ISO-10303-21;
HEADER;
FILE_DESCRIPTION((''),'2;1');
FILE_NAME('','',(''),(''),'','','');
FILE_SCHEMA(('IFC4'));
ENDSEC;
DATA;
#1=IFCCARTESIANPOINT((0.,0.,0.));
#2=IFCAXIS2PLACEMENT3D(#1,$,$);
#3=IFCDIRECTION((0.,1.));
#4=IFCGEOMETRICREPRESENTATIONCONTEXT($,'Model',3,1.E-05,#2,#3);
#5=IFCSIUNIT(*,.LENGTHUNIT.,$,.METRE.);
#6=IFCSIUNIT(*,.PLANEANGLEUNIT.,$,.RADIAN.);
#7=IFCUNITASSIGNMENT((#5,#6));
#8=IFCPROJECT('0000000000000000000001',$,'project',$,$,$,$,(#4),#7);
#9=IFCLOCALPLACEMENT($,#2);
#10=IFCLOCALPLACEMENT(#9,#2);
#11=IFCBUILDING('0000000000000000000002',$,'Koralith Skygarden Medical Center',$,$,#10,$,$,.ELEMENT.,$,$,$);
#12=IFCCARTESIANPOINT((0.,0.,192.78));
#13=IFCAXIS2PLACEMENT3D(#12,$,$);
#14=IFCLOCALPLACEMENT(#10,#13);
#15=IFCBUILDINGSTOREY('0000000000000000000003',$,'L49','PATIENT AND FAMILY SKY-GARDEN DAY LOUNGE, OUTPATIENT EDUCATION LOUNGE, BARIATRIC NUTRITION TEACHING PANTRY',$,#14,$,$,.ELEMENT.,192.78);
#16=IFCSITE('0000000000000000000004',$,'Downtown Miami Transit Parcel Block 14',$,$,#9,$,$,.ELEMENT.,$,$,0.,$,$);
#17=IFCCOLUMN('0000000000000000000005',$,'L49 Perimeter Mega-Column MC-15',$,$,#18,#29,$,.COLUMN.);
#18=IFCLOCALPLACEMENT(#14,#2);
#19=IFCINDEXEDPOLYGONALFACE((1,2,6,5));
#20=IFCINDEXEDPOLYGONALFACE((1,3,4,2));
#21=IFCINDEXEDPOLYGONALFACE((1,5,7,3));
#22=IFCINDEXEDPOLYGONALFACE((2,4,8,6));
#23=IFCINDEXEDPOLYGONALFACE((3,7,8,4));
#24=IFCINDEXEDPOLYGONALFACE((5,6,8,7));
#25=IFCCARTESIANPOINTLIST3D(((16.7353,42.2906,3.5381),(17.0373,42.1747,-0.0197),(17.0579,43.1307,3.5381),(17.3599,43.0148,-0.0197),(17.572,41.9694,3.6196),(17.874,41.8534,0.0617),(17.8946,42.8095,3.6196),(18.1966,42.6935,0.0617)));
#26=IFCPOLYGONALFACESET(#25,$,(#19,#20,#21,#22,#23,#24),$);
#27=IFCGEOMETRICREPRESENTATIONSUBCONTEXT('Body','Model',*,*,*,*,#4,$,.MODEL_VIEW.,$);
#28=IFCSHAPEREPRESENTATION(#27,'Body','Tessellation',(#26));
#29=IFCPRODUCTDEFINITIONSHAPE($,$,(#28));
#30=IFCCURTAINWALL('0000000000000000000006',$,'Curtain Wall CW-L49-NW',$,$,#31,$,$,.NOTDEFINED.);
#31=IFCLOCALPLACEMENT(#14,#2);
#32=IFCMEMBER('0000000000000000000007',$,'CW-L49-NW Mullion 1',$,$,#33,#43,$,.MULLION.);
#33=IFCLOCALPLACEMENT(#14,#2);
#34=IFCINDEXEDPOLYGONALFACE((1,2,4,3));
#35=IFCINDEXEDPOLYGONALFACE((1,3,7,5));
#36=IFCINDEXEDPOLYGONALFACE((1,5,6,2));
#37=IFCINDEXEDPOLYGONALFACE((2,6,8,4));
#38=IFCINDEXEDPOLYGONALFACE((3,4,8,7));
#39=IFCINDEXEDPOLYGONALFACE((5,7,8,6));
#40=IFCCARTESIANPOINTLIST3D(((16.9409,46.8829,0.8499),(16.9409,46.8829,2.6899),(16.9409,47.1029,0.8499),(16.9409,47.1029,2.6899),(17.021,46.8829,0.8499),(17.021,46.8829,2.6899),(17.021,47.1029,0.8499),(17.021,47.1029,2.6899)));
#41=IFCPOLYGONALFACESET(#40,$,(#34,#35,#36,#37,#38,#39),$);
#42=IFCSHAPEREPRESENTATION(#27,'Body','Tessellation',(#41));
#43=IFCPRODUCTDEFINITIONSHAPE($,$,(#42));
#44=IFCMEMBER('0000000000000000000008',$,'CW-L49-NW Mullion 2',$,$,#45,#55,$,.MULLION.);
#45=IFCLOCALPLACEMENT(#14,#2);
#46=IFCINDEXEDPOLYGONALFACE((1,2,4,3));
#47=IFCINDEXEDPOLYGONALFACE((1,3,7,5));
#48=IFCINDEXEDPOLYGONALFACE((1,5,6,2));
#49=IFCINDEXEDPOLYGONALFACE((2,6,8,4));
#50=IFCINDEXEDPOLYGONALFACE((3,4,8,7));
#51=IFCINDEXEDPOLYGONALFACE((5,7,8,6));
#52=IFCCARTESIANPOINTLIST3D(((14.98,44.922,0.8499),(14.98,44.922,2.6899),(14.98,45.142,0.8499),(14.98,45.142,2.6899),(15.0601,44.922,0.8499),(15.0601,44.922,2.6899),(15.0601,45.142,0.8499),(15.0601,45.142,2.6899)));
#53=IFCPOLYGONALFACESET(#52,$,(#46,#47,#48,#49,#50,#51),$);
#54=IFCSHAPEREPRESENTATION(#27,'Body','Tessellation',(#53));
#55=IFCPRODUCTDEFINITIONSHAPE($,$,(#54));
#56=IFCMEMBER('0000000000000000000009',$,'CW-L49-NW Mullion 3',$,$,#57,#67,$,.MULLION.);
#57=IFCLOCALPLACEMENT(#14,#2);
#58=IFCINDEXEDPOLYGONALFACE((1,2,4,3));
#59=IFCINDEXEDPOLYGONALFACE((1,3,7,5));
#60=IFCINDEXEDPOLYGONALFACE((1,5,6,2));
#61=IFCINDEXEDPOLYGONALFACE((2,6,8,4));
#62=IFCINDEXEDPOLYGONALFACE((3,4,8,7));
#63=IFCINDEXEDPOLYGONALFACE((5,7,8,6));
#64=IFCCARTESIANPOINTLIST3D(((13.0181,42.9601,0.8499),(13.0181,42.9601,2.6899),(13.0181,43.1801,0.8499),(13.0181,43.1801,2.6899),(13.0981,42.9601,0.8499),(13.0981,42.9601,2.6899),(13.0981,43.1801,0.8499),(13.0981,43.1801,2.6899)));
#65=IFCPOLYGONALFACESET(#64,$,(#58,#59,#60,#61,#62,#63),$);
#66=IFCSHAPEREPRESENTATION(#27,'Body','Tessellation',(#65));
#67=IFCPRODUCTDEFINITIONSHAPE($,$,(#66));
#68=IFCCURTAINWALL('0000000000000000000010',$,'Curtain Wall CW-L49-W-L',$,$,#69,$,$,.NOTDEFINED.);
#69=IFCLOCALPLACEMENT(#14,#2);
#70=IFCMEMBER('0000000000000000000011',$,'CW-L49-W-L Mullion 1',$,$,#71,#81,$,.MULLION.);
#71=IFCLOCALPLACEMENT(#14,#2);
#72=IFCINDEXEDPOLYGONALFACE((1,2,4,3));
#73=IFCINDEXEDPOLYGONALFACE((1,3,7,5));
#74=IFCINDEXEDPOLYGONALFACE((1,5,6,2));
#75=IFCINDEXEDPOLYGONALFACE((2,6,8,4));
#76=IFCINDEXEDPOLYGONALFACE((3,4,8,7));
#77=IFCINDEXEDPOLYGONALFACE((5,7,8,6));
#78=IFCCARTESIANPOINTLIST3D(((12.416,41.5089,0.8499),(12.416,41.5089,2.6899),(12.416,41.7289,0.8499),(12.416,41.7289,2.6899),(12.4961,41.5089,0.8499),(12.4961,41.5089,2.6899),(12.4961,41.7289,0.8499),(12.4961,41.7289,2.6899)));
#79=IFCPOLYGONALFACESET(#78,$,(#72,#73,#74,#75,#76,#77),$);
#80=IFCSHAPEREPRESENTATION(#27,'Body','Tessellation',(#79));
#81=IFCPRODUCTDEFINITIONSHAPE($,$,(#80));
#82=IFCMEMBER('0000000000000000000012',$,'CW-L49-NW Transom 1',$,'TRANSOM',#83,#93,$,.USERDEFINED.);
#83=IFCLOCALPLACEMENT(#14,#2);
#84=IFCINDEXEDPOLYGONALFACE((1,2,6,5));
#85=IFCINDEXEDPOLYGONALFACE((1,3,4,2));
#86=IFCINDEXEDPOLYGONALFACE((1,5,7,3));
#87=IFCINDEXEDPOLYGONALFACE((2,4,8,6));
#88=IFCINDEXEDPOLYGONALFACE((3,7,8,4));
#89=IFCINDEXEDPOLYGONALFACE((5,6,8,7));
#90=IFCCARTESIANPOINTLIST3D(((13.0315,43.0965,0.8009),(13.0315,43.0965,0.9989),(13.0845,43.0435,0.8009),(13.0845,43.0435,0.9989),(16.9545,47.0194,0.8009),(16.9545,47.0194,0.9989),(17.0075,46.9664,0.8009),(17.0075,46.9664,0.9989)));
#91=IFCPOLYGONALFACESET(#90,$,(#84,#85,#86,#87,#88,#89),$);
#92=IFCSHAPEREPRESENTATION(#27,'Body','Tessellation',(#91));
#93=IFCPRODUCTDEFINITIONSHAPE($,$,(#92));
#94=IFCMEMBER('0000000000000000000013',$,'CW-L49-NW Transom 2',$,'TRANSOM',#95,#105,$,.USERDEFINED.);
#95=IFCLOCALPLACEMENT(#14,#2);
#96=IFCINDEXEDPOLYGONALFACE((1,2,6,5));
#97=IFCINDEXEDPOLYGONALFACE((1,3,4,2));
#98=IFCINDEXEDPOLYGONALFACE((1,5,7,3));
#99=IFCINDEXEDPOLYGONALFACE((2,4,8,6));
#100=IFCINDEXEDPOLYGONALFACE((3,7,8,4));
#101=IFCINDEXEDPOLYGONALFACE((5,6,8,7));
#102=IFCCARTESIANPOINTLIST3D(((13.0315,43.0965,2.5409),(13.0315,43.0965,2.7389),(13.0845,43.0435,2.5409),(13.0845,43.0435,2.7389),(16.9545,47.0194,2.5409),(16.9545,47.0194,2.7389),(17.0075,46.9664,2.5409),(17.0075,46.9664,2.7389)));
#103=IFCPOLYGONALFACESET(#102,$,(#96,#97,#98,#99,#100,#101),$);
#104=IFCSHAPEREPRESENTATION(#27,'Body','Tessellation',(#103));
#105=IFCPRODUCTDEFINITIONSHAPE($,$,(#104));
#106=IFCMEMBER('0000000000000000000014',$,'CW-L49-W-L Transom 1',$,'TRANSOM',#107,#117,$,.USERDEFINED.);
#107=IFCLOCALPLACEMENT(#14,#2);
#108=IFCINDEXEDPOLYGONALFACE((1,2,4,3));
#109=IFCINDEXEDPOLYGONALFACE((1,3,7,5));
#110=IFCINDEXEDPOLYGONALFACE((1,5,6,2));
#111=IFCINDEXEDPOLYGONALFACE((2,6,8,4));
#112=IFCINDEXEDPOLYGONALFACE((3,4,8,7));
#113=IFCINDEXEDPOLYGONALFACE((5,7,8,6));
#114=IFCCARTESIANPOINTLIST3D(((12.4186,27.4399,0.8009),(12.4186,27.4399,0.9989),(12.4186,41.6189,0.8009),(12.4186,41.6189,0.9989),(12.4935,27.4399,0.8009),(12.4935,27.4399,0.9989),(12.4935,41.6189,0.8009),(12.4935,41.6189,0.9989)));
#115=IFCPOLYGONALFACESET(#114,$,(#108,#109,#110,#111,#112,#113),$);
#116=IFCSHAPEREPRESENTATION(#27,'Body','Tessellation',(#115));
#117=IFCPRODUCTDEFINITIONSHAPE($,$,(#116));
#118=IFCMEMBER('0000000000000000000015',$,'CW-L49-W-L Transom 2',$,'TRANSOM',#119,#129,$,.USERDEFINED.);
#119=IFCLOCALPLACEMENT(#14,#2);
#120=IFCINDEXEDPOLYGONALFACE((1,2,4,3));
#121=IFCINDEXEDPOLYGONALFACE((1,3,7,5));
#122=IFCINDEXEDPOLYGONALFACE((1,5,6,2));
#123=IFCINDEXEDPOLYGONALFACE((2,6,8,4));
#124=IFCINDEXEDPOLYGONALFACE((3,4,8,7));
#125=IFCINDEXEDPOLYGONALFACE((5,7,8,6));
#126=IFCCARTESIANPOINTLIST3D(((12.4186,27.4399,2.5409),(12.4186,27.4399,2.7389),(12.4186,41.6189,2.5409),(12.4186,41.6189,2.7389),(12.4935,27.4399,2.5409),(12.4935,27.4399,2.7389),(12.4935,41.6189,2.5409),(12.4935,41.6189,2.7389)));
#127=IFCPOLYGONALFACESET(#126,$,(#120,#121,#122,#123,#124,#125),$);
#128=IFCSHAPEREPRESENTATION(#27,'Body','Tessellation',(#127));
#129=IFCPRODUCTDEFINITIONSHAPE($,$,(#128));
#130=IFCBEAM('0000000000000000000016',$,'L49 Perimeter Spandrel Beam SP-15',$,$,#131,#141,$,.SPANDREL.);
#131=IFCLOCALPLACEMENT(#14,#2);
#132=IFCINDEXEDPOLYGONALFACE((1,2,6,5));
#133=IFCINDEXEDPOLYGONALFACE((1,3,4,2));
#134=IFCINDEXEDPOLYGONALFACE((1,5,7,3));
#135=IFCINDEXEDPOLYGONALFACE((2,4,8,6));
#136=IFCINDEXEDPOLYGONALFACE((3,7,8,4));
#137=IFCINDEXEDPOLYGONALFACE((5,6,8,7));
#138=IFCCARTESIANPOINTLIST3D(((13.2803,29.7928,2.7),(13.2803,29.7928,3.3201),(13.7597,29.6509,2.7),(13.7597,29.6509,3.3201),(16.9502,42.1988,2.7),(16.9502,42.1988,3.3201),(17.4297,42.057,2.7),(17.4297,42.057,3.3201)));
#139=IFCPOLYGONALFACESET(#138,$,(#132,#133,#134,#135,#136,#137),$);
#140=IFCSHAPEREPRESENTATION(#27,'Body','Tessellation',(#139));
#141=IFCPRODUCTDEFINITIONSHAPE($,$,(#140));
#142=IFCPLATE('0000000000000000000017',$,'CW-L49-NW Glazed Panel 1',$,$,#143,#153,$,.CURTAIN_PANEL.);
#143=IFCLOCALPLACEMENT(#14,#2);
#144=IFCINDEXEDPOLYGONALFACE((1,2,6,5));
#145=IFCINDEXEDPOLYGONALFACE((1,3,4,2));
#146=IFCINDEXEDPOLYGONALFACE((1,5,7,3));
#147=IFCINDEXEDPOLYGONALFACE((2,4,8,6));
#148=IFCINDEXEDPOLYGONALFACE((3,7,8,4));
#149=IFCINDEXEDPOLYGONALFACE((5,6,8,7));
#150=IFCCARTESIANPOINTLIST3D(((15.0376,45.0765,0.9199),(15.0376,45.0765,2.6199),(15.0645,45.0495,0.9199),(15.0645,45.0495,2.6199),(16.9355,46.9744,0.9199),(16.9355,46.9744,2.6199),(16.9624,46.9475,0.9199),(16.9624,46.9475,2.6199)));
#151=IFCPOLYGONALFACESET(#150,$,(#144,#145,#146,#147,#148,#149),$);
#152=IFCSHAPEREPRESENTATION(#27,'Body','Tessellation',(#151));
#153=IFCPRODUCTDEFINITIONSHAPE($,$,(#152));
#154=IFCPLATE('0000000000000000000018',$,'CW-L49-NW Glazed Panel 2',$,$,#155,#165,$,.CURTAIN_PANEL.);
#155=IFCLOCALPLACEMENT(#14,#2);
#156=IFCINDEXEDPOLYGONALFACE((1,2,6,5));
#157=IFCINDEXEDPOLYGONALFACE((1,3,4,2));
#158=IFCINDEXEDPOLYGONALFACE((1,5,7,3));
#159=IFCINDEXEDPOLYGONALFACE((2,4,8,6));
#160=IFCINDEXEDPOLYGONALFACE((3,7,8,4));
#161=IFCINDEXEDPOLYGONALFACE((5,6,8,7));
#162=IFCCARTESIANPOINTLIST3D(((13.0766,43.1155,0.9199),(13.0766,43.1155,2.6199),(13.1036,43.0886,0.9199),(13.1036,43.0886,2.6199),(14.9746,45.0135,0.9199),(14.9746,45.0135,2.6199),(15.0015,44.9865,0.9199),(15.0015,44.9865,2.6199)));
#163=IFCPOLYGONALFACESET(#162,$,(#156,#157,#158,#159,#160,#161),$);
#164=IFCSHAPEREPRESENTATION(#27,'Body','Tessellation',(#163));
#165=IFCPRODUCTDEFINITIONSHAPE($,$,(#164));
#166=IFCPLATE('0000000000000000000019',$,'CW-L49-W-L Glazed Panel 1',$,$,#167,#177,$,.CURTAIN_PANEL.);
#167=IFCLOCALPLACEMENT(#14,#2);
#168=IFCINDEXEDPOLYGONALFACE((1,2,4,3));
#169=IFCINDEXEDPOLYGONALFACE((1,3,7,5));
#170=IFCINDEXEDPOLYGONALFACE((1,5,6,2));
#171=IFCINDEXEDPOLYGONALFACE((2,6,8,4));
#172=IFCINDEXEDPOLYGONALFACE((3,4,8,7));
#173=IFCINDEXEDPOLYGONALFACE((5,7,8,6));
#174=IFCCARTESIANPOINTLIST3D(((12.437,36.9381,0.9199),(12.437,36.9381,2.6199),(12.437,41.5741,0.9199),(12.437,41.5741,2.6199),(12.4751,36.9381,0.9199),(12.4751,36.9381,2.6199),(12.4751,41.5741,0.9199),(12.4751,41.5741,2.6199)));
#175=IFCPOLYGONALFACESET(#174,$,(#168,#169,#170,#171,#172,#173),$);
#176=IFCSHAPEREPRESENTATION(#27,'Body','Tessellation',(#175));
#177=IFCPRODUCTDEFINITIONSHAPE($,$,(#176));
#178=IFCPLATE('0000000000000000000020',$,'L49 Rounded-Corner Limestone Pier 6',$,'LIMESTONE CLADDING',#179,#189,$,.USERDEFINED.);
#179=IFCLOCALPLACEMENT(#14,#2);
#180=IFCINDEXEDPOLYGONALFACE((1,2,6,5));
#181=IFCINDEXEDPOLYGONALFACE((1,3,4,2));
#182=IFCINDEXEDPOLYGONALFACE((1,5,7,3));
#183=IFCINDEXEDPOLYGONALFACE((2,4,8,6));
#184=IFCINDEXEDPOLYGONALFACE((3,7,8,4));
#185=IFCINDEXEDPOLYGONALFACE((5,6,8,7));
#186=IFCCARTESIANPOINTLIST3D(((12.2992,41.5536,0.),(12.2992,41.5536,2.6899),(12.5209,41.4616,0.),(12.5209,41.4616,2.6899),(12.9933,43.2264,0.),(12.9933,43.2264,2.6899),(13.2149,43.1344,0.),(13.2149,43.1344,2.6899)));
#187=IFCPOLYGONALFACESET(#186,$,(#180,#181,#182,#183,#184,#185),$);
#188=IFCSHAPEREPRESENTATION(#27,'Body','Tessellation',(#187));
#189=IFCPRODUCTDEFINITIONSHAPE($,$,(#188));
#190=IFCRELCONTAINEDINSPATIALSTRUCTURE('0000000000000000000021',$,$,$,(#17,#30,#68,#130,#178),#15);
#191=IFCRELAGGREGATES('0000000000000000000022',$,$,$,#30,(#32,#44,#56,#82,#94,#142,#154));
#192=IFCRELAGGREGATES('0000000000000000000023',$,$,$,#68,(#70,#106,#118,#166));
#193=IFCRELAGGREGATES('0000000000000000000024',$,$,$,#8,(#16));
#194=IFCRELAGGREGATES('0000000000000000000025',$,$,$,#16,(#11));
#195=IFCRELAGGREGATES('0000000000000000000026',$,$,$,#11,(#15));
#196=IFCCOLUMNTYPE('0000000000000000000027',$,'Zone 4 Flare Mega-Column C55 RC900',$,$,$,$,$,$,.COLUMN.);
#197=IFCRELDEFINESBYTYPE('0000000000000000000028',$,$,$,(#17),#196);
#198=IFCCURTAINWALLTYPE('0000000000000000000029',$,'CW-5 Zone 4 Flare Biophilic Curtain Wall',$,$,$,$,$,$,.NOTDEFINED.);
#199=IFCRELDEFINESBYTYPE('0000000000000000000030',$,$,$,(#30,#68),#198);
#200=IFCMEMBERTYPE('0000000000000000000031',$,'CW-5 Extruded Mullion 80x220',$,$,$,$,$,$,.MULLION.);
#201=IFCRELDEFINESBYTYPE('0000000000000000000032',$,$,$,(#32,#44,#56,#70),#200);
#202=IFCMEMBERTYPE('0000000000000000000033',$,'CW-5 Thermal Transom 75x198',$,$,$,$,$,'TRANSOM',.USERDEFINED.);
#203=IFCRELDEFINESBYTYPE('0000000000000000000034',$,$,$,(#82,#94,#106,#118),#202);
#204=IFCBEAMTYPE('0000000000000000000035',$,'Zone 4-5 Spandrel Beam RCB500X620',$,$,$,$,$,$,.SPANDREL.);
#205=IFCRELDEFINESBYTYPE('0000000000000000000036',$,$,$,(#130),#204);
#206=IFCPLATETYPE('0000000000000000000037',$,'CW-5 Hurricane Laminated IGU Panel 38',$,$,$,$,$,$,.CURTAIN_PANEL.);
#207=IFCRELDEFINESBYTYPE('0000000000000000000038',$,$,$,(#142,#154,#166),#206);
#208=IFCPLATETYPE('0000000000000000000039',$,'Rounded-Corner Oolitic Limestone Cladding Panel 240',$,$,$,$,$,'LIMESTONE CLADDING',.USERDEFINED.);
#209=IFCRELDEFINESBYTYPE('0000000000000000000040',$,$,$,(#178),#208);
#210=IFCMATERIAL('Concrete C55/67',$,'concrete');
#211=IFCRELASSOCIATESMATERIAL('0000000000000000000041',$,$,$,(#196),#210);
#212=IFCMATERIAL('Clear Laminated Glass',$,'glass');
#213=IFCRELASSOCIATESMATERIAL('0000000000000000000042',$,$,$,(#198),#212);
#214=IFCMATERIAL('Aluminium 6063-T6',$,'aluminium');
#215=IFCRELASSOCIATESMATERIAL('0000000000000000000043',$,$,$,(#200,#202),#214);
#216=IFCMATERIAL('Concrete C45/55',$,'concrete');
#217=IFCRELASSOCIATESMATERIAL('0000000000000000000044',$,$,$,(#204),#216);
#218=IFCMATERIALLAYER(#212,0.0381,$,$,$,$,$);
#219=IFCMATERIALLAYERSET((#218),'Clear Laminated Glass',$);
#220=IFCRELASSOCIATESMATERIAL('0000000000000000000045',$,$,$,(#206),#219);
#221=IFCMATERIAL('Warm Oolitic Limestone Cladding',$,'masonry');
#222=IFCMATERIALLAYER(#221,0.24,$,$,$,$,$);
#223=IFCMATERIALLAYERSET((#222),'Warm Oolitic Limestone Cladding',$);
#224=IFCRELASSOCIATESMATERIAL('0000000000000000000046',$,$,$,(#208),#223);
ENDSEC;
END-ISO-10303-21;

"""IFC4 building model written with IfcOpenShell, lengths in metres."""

from ifc_helpers import new_model, si_unit, direction, frame, origin, origin_2d, place, context, subcontext, project, spatial, rectangle, extrude, material, layer, layer_set, material_profile, profile_set, type_object, element, aggregate, save


model = new_model("IFC4")

# Units and contexts
model_context = context("Model", 3, precision=1e-05, world=origin(), true_north=direction((0.0, 1.0)))
body_context = subcontext(model_context, "Body", "Model", "MODEL_VIEW")
ifc_project = project(units=[si_unit("LENGTHUNIT", "METRE"), si_unit("PLANEANGLEUNIT", "RADIAN")], contexts=[model_context])

# Site, building, storey
site_placement = place(None, origin())
site = spatial("IfcSite", under=ifc_project, at=site_placement, Name="Downtown Miami Transit Parcel Block 14", CompositionType="ELEMENT", RefElevation=0.0)
building_placement = place(site_placement, origin())
building = spatial("IfcBuilding", under=site, at=building_placement, Name="Koralith Skygarden Medical Center", CompositionType="ELEMENT")
storey_placement = place(building_placement, frame((0.0, 0.0, 192.78)))
storey = spatial("IfcBuildingStorey", under=building, at=storey_placement, Name="L49", Description="PATIENT AND FAMILY SKY-GARDEN DAY LOUNGE, OUTPATIENT EDUCATION LOUNGE, BARIATRIC NUTRITION TEACHING PANTRY", CompositionType="ELEMENT", Elevation=192.78)

# Column
ifc_material_1 = material(Name="Concrete C55/67", Category="concrete")
ifc_material_profile_1 = material_profile(ifc_material_1, rectangle(XDim=0.8999, YDim=0.8999, at=origin_2d()), Name="RC900X900")
ifc_profile_set_1 = profile_set([ifc_material_profile_1], Name="Concrete C55/67")
column_type = type_object("IfcColumnType", Name="Zone 4 Flare Mega-Column C55 RC900", PredefinedType="COLUMN", material=ifc_profile_set_1)
column_placement = place(storey_placement, frame((17.6169, 42.4341, 0.021), z_axis=(-0.084534, 0.032461, 0.995892), x_axis=(-0.358473, -0.93354, 0.0)))
element("IfcColumn", 1, at=column_placement, inside=storey, type_object=column_type, Name="L49 Perimeter Mega-Column MC-15", PredefinedType="COLUMN", context=body_context, shape_type="SweptSolid", body=[
    extrude(rectangle(XDim=0.8999, YDim=0.8999, at=origin_2d()), origin(), (0.0, 0.0, 1.0), 3.5725),
])

# Curtain wall, members
ifc_material_2 = material(Name="Clear Laminated Glass", Category="glass")
curtain_wall_type = type_object("IfcCurtainWallType", Name="CW-5 Zone 4 Flare Biophilic Curtain Wall", PredefinedType="NOTDEFINED", material=ifc_material_2)
curtain_wall_1_placement = place(storey_placement, origin())
curtain_wall_1 = element("IfcCurtainWall", 2, at=curtain_wall_1_placement, inside=storey, type_object=curtain_wall_type, Name="Curtain Wall CW-L49-NW", PredefinedType="NOTDEFINED")
ifc_material_3 = material(Name="Aluminium 6063-T6", Category="aluminium")
ifc_material_profile_2 = material_profile(ifc_material_3, rectangle(XDim=0.0801, YDim=0.22, at=origin_2d()), Name="MUL80X220")
ifc_profile_set_2 = profile_set([ifc_material_profile_2], Name="Aluminium 6063-T6")
member_type_1 = type_object("IfcMemberType", Name="CW-5 Extruded Mullion 80x220", PredefinedType="MULLION", material=ifc_profile_set_2)
member_1_placement = place(storey_placement, frame((16.981, 46.9929, 0.8499), z_axis=(0.0, 0.0, 1.0), x_axis=(1.0, 0.0, 0.0)))
member_1 = element("IfcMember", 3, at=member_1_placement, type_object=member_type_1, Name="CW-L49-NW Mullion 1", PredefinedType="MULLION", context=body_context, shape_type="SweptSolid", body=[
    extrude(rectangle(XDim=0.0801, YDim=0.22, at=origin_2d()), origin(), (0.0, 0.0, 1.0), 1.8401),
])
member_2_placement = place(storey_placement, frame((15.02, 45.032, 0.8499), z_axis=(0.0, 0.0, 1.0), x_axis=(1.0, 0.0, 0.0)))
member_2 = element("IfcMember", 4, at=member_2_placement, type_object=member_type_1, Name="CW-L49-NW Mullion 2", PredefinedType="MULLION", context=body_context, shape_type="SweptSolid", body=[
    extrude(rectangle(XDim=0.0801, YDim=0.22, at=origin_2d()), origin(), (0.0, 0.0, 1.0), 1.8401),
])
member_3_placement = place(storey_placement, frame((13.0581, 43.0701, 0.8499), z_axis=(0.0, 0.0, 1.0), x_axis=(1.0, 0.0, 0.0)))
member_3 = element("IfcMember", 5, at=member_3_placement, type_object=member_type_1, Name="CW-L49-NW Mullion 3", PredefinedType="MULLION", context=body_context, shape_type="SweptSolid", body=[
    extrude(rectangle(XDim=0.0801, YDim=0.22, at=origin_2d()), origin(), (0.0, 0.0, 1.0), 1.8401),
])

# Curtain wall, member
curtain_wall_2_placement = place(storey_placement, origin())
curtain_wall_2 = element("IfcCurtainWall", 6, at=curtain_wall_2_placement, inside=storey, type_object=curtain_wall_type, Name="Curtain Wall CW-L49-W-L", PredefinedType="NOTDEFINED")
member_4_placement = place(storey_placement, frame((12.4561, 41.6189, 0.8499), z_axis=(0.0, 0.0, 1.0), x_axis=(1.0, 0.0, 0.0)))
member_4 = element("IfcMember", 7, at=member_4_placement, type_object=member_type_1, Name="CW-L49-W-L Mullion 1", PredefinedType="MULLION", context=body_context, shape_type="SweptSolid", body=[
    extrude(rectangle(XDim=0.0801, YDim=0.22, at=origin_2d()), origin(), (0.0, 0.0, 1.0), 1.8401),
])

# Members
ifc_material_profile_3 = material_profile(ifc_material_3, rectangle(XDim=0.075, YDim=0.198, at=origin_2d()), Name="TRN75X198")
ifc_profile_set_3 = profile_set([ifc_material_profile_3], Name="Aluminium 6063-T6")
member_type_2 = type_object("IfcMemberType", Name="CW-5 Thermal Transom 75x198", ElementType="TRANSOM", PredefinedType="USERDEFINED", material=ifc_profile_set_3)
member_5_placement = place(storey_placement, frame((16.981, 46.9929, 0.8999), z_axis=(-0.707107, -0.707107, 0.0), x_axis=(0.707107, -0.707107, 0.0)))
member_5 = element("IfcMember", 8, at=member_5_placement, type_object=member_type_2, Name="CW-L49-NW Transom 1", ObjectType="TRANSOM", PredefinedType="USERDEFINED", context=body_context, shape_type="SweptSolid", body=[
    extrude(rectangle(XDim=0.075, YDim=0.198, at=origin_2d()), origin(), (0.0, 0.0, 1.0), 5.5479),
])
member_6_placement = place(storey_placement, frame((16.981, 46.9929, 2.6399), z_axis=(-0.707107, -0.707107, 0.0), x_axis=(0.707107, -0.707107, 0.0)))
member_6 = element("IfcMember", 9, at=member_6_placement, type_object=member_type_2, Name="CW-L49-NW Transom 2", ObjectType="TRANSOM", PredefinedType="USERDEFINED", context=body_context, shape_type="SweptSolid", body=[
    extrude(rectangle(XDim=0.075, YDim=0.198, at=origin_2d()), origin(), (0.0, 0.0, 1.0), 5.5479),
])
member_7_placement = place(storey_placement, frame((12.4561, 41.6189, 0.8999), z_axis=(0.0, -1.0, 0.0), x_axis=(1.0, 0.0, 0.0)))
member_7 = element("IfcMember", 10, at=member_7_placement, type_object=member_type_2, Name="CW-L49-W-L Transom 1", ObjectType="TRANSOM", PredefinedType="USERDEFINED", context=body_context, shape_type="SweptSolid", body=[
    extrude(rectangle(XDim=0.075, YDim=0.198, at=origin_2d()), origin(), (0.0, 0.0, 1.0), 14.179),
])
member_8_placement = place(storey_placement, frame((12.4561, 41.6189, 2.6399), z_axis=(0.0, -1.0, 0.0), x_axis=(1.0, 0.0, 0.0)))
member_8 = element("IfcMember", 11, at=member_8_placement, type_object=member_type_2, Name="CW-L49-W-L Transom 2", ObjectType="TRANSOM", PredefinedType="USERDEFINED", context=body_context, shape_type="SweptSolid", body=[
    extrude(rectangle(XDim=0.075, YDim=0.198, at=origin_2d()), origin(), (0.0, 0.0, 1.0), 14.179),
])

# Beam
ifc_material_4 = material(Name="Concrete C45/55", Category="concrete")
ifc_material_profile_4 = material_profile(ifc_material_4, rectangle(XDim=0.5, YDim=0.6201, at=origin_2d()), Name="RCB500X620")
ifc_profile_set_4 = profile_set([ifc_material_profile_4], Name="Concrete C45/55")
beam_type = type_object("IfcBeamType", Name="Zone 4-5 Spandrel Beam RCB500X620", PredefinedType="SPANDREL", material=ifc_profile_set_4)
beam_placement = place(storey_placement, frame((17.1899, 42.1279, 3.01), z_axis=(-0.283667, -0.958923, 0.0), x_axis=(0.958923, -0.283667, 0.0)))
element("IfcBeam", 12, at=beam_placement, inside=storey, type_object=beam_type, Name="L49 Perimeter Spandrel Beam SP-15", PredefinedType="SPANDREL", context=body_context, shape_type="SweptSolid", body=[
    extrude(rectangle(XDim=0.5, YDim=0.6201, at=origin_2d()), origin(), (0.0, 0.0, 1.0), 12.9375),
])

# Plates
ifc_layer_1 = layer(ifc_material_2, 0.0381)
ifc_layer_set_1 = layer_set([ifc_layer_1], Name="Clear Laminated Glass")
plate_type_1 = type_object("IfcPlateType", Name="CW-5 Hurricane Laminated IGU Panel 38", PredefinedType="CURTAIN_PANEL", material=ifc_layer_set_1)
plate_1_placement = place(storey_placement, frame((16.0, 46.012, 0.9199), z_axis=(0.0, 0.0, 1.0), x_axis=(-0.707107, -0.707107, 0.0)))
plate_1 = element("IfcPlate", 13, at=plate_1_placement, type_object=plate_type_1, Name="CW-L49-NW Glazed Panel 1", PredefinedType="CURTAIN_PANEL", context=body_context, shape_type="SweptSolid", body=[
    extrude(rectangle(XDim=2.6841, YDim=0.0381, at=origin_2d()), origin(), (0.0, 0.0, 1.0), 1.7),
])
plate_2_placement = place(storey_placement, frame((14.0391, 44.051, 0.9199), z_axis=(0.0, 0.0, 1.0), x_axis=(-0.707107, -0.707107, 0.0)))
plate_2 = element("IfcPlate", 14, at=plate_2_placement, type_object=plate_type_1, Name="CW-L49-NW Glazed Panel 2", PredefinedType="CURTAIN_PANEL", context=body_context, shape_type="SweptSolid", body=[
    extrude(rectangle(XDim=2.6841, YDim=0.0381, at=origin_2d()), origin(), (0.0, 0.0, 1.0), 1.7),
])
aggregate(curtain_wall_1, [member_1, member_2, member_3, member_5, member_6, plate_1, plate_2])
plate_3_placement = place(storey_placement, frame((12.4561, 39.2561, 0.9199), z_axis=(0.0, 0.0, 1.0), x_axis=(0.0, -1.0, 0.0)))
plate_3 = element("IfcPlate", 15, at=plate_3_placement, type_object=plate_type_1, Name="CW-L49-W-L Glazed Panel 1", PredefinedType="CURTAIN_PANEL", context=body_context, shape_type="SweptSolid", body=[
    extrude(rectangle(XDim=4.636, YDim=0.0381, at=origin_2d()), origin(), (0.0, 0.0, 1.0), 1.7),
])
aggregate(curtain_wall_2, [member_4, member_7, member_8, plate_3])
ifc_material_5 = material(Name="Warm Oolitic Limestone Cladding", Category="masonry")
ifc_layer_2 = layer(ifc_material_5, 0.24)
ifc_layer_set_2 = layer_set([ifc_layer_2], Name="Warm Oolitic Limestone Cladding")
plate_type_2 = type_object("IfcPlateType", Name="Rounded-Corner Oolitic Limestone Cladding Panel 240", ElementType="LIMESTONE CLADDING", PredefinedType="USERDEFINED", material=ifc_layer_set_2)
plate_4_placement = place(storey_placement, frame((12.7571, 42.344, 0.0), z_axis=(0.0, 0.0, 1.0), x_axis=(-0.383214, -0.92366, 0.0)))
element("IfcPlate", 16, at=plate_4_placement, inside=storey, type_object=plate_type_2, Name="L49 Rounded-Corner Limestone Pier 6", ObjectType="LIMESTONE CLADDING", PredefinedType="USERDEFINED", context=body_context, shape_type="SweptSolid", body=[
    extrude(rectangle(XDim=1.811, YDim=0.24, at=origin_2d()), origin(), (0.0, 0.0, 1.0), 2.6899),
])

save(model, "model.ifc")
